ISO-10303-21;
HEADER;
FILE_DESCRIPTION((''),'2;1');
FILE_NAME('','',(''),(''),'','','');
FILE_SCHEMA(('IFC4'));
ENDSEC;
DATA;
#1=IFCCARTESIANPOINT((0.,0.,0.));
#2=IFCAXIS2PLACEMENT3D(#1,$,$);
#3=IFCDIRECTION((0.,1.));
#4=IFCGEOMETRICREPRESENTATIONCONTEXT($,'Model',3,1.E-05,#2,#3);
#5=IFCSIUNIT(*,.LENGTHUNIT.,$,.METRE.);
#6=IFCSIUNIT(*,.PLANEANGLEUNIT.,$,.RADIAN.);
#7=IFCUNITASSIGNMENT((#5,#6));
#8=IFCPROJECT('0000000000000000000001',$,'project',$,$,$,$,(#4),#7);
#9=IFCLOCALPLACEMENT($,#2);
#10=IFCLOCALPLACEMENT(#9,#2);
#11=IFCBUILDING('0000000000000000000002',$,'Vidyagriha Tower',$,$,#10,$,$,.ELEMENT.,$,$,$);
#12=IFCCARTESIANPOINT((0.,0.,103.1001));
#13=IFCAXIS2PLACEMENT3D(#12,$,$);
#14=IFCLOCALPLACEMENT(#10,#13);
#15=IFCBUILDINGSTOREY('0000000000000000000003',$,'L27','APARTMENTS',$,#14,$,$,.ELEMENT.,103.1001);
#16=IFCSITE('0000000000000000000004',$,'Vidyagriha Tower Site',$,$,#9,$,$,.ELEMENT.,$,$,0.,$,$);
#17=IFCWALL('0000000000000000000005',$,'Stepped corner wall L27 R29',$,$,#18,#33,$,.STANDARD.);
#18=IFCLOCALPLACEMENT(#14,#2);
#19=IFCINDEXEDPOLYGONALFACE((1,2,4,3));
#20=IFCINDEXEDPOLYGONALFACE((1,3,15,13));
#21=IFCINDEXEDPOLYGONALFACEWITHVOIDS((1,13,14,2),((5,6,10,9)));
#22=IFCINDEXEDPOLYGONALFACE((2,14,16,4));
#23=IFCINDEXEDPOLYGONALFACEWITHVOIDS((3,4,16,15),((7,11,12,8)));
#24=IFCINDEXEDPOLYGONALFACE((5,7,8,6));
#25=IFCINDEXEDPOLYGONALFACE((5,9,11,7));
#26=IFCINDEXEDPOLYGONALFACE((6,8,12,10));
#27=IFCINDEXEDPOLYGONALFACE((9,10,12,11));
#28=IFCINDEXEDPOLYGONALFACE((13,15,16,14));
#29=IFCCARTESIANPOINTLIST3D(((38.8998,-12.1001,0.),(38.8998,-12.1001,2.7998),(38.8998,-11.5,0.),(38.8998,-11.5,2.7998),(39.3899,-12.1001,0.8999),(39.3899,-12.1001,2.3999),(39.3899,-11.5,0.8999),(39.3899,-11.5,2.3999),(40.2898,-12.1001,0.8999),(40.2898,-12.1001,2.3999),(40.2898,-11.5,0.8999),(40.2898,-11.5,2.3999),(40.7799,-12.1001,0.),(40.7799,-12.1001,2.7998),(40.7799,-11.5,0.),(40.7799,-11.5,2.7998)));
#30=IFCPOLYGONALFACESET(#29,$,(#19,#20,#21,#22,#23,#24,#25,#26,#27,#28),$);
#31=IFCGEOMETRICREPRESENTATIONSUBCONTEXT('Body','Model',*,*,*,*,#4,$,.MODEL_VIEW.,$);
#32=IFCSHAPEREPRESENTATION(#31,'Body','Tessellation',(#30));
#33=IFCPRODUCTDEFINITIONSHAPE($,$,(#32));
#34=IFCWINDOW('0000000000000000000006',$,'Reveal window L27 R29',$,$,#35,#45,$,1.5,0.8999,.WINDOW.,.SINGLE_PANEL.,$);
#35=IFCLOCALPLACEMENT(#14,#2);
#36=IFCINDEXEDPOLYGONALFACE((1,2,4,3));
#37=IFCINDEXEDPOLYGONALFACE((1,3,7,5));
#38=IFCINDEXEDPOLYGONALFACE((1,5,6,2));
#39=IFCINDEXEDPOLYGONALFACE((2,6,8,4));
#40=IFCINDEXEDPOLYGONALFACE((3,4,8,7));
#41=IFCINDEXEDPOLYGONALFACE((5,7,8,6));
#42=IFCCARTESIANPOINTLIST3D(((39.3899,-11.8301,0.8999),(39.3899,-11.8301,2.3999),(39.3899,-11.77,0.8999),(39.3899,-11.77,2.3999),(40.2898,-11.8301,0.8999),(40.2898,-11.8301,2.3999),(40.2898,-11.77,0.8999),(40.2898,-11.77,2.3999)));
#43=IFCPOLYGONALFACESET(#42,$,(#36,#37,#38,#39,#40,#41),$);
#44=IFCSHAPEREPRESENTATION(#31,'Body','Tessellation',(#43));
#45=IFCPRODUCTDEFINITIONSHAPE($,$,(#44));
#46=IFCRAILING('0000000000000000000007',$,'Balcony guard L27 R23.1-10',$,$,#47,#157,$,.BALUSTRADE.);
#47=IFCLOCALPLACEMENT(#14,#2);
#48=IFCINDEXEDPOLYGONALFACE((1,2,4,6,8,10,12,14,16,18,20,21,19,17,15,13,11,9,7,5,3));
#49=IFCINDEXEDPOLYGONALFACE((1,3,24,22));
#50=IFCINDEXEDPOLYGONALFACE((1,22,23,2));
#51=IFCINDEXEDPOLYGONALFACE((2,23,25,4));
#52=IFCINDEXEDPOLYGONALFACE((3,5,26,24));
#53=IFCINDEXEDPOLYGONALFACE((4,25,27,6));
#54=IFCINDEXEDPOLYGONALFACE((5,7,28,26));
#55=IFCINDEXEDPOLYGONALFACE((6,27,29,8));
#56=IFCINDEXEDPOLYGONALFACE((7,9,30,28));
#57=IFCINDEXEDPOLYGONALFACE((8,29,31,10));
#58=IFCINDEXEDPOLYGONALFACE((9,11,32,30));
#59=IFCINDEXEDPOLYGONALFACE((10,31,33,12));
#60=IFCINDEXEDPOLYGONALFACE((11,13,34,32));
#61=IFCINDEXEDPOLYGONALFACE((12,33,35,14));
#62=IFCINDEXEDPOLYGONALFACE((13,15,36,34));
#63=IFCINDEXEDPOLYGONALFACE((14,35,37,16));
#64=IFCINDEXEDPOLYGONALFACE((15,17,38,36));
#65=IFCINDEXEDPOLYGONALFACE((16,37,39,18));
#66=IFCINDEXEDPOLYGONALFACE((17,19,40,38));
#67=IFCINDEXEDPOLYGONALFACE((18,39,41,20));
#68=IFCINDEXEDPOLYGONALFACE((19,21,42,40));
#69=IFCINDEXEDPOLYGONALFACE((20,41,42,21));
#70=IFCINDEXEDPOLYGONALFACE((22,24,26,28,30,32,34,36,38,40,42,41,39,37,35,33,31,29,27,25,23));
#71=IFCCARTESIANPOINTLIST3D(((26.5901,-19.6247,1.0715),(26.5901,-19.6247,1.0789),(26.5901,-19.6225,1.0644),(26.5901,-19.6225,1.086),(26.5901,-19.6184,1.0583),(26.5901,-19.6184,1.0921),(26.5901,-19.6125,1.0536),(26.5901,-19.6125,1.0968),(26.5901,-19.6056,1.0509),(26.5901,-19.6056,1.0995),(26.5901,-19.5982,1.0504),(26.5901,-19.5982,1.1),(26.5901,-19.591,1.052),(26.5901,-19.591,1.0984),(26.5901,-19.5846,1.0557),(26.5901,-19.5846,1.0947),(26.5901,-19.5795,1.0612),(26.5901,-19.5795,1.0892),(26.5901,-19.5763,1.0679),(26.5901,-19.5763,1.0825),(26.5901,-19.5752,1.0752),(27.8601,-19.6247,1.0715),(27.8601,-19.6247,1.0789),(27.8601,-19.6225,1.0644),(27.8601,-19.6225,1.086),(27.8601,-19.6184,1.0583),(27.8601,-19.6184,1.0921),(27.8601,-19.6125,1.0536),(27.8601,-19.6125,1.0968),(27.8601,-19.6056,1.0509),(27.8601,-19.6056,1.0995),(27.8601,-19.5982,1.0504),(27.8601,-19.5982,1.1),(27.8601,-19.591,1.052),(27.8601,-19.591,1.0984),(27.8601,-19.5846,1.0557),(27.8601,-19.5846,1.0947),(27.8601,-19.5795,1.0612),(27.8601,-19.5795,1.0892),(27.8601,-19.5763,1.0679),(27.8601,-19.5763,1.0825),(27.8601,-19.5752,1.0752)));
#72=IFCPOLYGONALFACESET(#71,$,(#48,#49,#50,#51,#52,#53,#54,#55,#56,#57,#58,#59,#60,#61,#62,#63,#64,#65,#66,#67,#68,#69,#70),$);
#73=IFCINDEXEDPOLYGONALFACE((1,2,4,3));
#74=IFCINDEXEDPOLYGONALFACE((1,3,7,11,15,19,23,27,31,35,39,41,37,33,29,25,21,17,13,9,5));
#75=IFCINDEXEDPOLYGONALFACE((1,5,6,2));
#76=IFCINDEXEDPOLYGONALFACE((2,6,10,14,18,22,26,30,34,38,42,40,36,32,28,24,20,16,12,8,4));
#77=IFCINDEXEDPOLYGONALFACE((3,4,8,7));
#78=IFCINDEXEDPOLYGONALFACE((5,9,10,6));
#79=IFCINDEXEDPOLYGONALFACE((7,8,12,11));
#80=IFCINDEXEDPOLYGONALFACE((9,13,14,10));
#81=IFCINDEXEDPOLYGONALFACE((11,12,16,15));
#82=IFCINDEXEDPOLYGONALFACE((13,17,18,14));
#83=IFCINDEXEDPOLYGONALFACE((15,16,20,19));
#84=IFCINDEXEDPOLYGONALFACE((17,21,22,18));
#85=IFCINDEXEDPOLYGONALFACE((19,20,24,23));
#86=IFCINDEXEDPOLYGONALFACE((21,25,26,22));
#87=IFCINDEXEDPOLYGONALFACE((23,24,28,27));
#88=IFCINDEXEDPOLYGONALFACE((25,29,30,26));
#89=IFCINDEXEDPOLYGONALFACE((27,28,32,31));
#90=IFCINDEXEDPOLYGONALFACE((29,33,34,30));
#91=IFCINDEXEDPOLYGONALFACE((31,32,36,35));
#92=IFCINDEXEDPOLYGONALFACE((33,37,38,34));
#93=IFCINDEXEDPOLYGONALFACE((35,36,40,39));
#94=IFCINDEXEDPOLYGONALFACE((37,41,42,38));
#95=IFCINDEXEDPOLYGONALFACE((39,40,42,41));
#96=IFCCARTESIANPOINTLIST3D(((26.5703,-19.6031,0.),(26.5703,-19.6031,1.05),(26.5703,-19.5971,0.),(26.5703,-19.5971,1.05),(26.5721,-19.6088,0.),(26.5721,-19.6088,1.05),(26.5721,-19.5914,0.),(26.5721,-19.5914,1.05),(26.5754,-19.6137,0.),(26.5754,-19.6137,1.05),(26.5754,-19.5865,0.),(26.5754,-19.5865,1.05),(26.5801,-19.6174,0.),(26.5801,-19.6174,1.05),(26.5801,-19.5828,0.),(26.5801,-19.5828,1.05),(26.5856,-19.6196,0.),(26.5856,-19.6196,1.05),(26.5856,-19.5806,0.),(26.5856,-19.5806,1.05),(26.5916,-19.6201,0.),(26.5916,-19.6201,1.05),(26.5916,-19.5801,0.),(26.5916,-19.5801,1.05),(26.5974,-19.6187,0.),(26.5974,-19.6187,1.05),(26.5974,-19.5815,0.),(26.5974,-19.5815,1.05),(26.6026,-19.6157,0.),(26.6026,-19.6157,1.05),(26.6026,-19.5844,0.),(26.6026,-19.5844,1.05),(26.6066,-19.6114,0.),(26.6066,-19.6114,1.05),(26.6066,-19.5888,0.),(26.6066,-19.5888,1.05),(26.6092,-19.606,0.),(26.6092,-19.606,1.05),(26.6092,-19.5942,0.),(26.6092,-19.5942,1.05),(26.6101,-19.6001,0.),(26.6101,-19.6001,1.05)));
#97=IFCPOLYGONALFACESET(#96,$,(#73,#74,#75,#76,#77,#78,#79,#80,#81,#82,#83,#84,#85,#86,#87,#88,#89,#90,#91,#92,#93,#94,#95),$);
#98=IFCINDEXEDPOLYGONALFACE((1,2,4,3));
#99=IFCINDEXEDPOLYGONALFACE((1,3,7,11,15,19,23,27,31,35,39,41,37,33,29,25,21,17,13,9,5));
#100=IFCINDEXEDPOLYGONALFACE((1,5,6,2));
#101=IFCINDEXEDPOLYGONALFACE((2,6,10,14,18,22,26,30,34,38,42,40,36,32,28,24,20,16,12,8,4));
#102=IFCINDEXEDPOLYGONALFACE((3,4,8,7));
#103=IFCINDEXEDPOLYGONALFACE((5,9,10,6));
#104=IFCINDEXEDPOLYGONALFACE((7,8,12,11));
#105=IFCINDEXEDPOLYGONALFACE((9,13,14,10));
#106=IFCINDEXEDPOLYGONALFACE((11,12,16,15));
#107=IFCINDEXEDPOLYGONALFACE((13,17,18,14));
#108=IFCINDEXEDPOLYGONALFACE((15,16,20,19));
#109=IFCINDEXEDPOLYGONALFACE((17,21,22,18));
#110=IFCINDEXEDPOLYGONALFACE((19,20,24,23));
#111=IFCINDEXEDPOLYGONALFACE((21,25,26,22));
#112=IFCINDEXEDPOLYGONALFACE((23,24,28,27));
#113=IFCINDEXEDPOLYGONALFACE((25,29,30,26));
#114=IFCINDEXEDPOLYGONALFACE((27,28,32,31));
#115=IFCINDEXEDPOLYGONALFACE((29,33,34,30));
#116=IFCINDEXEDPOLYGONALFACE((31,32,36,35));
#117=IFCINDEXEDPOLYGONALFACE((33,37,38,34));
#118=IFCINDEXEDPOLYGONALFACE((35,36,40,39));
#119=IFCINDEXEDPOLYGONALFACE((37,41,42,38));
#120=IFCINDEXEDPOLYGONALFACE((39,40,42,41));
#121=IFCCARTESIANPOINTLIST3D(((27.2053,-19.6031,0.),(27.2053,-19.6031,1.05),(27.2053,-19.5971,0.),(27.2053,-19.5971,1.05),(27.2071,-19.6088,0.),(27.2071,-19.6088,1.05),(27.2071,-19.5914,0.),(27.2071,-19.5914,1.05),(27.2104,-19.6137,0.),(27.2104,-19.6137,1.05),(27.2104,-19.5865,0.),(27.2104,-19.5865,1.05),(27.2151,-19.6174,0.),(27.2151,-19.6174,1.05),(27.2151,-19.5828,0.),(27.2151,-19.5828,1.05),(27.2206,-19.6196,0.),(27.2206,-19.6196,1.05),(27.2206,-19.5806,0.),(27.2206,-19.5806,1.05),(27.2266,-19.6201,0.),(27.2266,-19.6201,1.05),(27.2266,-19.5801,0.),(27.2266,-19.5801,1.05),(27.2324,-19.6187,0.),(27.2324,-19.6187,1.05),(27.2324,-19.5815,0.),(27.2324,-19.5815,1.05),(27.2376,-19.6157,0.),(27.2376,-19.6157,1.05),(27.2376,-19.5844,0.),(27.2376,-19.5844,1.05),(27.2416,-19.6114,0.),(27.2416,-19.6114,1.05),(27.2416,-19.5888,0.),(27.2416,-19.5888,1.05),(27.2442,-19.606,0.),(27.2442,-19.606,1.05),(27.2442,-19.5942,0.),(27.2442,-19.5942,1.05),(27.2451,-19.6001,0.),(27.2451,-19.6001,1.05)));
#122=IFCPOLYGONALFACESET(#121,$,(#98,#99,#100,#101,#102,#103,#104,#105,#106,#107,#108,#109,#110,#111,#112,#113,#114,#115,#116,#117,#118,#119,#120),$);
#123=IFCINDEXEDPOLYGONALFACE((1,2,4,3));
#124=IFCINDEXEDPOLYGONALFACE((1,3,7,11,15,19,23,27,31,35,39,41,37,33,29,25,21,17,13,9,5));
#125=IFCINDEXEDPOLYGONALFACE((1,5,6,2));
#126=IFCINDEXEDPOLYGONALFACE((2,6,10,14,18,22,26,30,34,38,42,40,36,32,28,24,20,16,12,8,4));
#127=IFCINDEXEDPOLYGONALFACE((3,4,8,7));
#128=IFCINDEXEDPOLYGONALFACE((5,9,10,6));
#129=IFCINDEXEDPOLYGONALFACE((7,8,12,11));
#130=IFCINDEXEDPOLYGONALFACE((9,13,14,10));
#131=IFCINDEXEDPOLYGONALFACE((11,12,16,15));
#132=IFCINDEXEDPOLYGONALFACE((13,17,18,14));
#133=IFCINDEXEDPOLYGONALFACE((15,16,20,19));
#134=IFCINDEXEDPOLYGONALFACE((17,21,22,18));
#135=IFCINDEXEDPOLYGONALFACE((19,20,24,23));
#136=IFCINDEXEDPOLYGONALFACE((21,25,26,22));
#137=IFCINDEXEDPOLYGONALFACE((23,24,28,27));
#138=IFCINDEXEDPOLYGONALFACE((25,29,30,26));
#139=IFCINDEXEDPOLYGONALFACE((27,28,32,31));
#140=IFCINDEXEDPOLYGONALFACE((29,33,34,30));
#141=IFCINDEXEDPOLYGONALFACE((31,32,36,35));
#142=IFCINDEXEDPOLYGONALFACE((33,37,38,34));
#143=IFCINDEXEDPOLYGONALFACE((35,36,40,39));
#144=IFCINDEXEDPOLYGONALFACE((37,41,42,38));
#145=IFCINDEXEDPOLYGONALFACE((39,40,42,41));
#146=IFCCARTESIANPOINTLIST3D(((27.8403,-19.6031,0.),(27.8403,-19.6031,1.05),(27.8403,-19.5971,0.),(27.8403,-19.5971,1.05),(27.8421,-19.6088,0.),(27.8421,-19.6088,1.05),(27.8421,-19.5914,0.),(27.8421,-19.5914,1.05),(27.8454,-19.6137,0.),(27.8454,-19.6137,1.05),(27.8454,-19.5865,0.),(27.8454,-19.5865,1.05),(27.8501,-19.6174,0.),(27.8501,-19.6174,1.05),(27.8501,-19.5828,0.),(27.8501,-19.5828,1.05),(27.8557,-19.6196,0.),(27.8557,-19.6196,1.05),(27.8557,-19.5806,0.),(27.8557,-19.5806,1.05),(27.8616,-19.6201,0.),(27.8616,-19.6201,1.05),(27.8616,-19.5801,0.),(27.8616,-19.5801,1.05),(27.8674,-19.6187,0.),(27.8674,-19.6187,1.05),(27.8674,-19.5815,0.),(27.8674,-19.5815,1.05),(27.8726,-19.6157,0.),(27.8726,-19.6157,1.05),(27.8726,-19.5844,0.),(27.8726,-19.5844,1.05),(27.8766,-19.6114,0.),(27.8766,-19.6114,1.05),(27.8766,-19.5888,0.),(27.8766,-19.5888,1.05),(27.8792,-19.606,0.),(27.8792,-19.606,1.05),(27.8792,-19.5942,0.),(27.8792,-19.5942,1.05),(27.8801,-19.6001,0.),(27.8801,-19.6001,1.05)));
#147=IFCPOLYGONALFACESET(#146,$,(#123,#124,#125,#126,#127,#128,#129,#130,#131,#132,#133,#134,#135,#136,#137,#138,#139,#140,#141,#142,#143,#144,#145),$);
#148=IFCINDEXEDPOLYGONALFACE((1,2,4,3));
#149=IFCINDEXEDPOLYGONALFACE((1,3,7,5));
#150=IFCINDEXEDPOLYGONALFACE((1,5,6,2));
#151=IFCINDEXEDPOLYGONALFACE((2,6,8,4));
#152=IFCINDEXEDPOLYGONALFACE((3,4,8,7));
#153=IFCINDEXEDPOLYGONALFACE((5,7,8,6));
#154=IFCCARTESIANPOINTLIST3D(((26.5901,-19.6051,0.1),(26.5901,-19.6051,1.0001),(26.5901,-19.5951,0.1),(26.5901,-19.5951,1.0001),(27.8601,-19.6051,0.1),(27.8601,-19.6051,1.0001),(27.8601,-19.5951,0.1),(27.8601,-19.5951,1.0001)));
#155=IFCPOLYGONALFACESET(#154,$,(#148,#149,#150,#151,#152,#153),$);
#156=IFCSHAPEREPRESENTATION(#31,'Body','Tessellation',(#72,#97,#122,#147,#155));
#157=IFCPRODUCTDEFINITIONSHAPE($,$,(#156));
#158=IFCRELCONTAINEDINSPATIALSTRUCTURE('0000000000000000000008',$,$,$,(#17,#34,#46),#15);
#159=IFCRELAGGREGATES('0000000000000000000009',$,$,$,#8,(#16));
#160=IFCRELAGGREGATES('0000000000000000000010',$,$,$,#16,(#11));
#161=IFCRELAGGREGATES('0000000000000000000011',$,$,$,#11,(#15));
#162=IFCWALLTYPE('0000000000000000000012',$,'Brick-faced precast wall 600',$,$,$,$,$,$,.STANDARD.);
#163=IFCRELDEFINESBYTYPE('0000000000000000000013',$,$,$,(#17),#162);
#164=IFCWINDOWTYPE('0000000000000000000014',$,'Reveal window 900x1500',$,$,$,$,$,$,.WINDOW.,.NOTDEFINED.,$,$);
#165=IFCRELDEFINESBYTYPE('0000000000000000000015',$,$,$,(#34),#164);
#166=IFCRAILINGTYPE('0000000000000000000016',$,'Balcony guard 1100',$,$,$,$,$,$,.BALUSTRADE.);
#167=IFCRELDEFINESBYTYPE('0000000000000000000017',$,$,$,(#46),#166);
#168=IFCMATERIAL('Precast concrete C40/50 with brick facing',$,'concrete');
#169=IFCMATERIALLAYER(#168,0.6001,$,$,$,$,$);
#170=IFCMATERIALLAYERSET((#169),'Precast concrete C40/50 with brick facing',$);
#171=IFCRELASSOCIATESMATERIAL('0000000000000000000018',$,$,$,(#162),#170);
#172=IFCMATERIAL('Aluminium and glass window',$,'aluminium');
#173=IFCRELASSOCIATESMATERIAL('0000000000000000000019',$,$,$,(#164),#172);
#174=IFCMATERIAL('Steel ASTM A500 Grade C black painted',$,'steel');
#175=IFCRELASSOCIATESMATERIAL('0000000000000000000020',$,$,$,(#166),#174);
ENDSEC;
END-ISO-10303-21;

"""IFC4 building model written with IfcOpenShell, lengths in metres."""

from ifc_helpers import new_model, si_unit, direction, frame, frame_2d, origin, origin_2d, place, context, subcontext, project, spatial, rectangle, circle, extrude, material, layer, layer_set, type_object, element, fill, save


model = new_model("IFC4")

# Units and contexts
model_context = context("Model", 3, precision=1e-05, world=origin(), true_north=direction((0.0, 1.0)))
body_context = subcontext(model_context, "Body", "Model", "MODEL_VIEW")
ifc_project = project(units=[si_unit("LENGTHUNIT", "METRE"), si_unit("PLANEANGLEUNIT", "RADIAN")], contexts=[model_context])

# Site, building, storey
site_placement = place(None, origin())
site = spatial("IfcSite", under=ifc_project, at=site_placement, Name="Vidyagriha Tower Site", CompositionType="ELEMENT", RefElevation=0.0)
building_placement = place(site_placement, origin())
building = spatial("IfcBuilding", under=site, at=building_placement, Name="Vidyagriha Tower", CompositionType="ELEMENT")
storey_placement = place(building_placement, frame((0.0, 0.0, 103.1001)))
storey = spatial("IfcBuildingStorey", under=building, at=storey_placement, Name="L27", Description="APARTMENTS", CompositionType="ELEMENT", Elevation=103.1001)

# Shared definitions
ifc_material_1 = material(Name="Precast concrete C40/50 with brick facing", Category="concrete")
ifc_layer_1 = layer(ifc_material_1, 0.6001)
ifc_layer_set_1 = layer_set([ifc_layer_1], Name="Precast concrete C40/50 with brick facing")
wall_type = type_object("IfcWallType", Name="Brick-faced precast wall 600", PredefinedType="STANDARD", material=ifc_layer_set_1)

# Shared definitions
ifc_material_2 = material(Name="Aluminium and glass window", Category="aluminium")
window_type = type_object("IfcWindowType", Name="Reveal window 900x1500", PartitioningType="NOTDEFINED", PredefinedType="WINDOW", material=ifc_material_2)

# Wall, opening, window
wall_1_placement = place(storey_placement, frame((38.8999, -11.8, 0.0)))
wall_1 = element("IfcWall", 1, at=wall_1_placement, inside=storey, type_object=wall_type, Name="Stepped corner wall L27 R29", PredefinedType="STANDARD", context=body_context, shape_type="SweptSolid", body=[
    extrude(rectangle(XDim=1.8801, YDim=0.6001, at=frame_2d((0.9399, 0.0))), origin(), (0.0, 0.0, 1.0), 2.7998),
])
opening_1_placement = place(wall_1_placement, frame((0.49, 0.0, 0.8999)))
opening_1 = element("IfcOpeningElement", 2, at=opening_1_placement, cuts=wall_1, PredefinedType="OPENING", context=body_context, shape_type="SweptSolid", body=[
    extrude(rectangle(XDim=0.8999, YDim=1.5, at=frame_2d((0.45, 0.75))), frame((0.0, 0.3101, 0.0), z_axis=(0.0, -1.0, 0.0), x_axis=(1.0, 0.0, 0.0)), (0.0, 0.0, 1.0), 0.6201),
])
window_1_placement = place(opening_1_placement, origin())
window_1 = element("IfcWindow", 3, at=window_1_placement, inside=storey, type_object=window_type, Name="Reveal window L27 R29", OverallHeight=1.5, OverallWidth=0.8999, PartitioningType="SINGLE_PANEL", PredefinedType="WINDOW", context=body_context, shape_type="SweptSolid", body=[
    extrude(rectangle(XDim=0.8999, YDim=1.5, at=frame_2d((0.45, 0.75))), frame((0.0, 0.03, 0.0), z_axis=(0.0, -1.0, 0.0), x_axis=(1.0, 0.0, 0.0)), (0.0, 0.0, 1.0), 0.0601),
])
fill(opening_1, window_1)

# Railing
ifc_material_3 = material(Name="Steel ASTM A500 Grade C black painted", Category="steel")
railing_type_1 = type_object("IfcRailingType", Name="Balcony guard 1100", PredefinedType="BALUSTRADE", material=ifc_material_3)
railing_1_placement = place(storey_placement, frame((26.5901, -19.6001, 0.0)))
element("IfcRailing", 4, at=railing_1_placement, inside=storey, type_object=railing_type_1, Name="Balcony guard L27 R23.1-10", PredefinedType="BALUSTRADE", context=body_context, shape_type="SweptSolid", body=[
    extrude(circle(Radius=0.0249, at=origin_2d()), frame((0.0, 0.0, 1.0752), z_axis=(1.0, 0.0, 0.0), x_axis=(0.0, 1.0, 0.0)), (0.0, 0.0, 1.0), 1.27),
    extrude(circle(Radius=0.02, at=origin_2d()), origin(), (0.0, 0.0, 1.0), 1.05),
    extrude(circle(Radius=0.02, at=origin_2d()), frame((0.635, 0.0, 0.0)), (0.0, 0.0, 1.0), 1.05),
    extrude(circle(Radius=0.02, at=origin_2d()), frame((1.27, 0.0, 0.0)), (0.0, 0.0, 1.0), 1.05),
    extrude(rectangle(XDim=0.01, YDim=0.9001, at=origin_2d()), frame((0.0, 0.0, 0.55), z_axis=(1.0, 0.0, 0.0), x_axis=(0.0, 1.0, 0.0)), (0.0, 0.0, 1.0), 1.27),
])

save(model, "model.ifc")
